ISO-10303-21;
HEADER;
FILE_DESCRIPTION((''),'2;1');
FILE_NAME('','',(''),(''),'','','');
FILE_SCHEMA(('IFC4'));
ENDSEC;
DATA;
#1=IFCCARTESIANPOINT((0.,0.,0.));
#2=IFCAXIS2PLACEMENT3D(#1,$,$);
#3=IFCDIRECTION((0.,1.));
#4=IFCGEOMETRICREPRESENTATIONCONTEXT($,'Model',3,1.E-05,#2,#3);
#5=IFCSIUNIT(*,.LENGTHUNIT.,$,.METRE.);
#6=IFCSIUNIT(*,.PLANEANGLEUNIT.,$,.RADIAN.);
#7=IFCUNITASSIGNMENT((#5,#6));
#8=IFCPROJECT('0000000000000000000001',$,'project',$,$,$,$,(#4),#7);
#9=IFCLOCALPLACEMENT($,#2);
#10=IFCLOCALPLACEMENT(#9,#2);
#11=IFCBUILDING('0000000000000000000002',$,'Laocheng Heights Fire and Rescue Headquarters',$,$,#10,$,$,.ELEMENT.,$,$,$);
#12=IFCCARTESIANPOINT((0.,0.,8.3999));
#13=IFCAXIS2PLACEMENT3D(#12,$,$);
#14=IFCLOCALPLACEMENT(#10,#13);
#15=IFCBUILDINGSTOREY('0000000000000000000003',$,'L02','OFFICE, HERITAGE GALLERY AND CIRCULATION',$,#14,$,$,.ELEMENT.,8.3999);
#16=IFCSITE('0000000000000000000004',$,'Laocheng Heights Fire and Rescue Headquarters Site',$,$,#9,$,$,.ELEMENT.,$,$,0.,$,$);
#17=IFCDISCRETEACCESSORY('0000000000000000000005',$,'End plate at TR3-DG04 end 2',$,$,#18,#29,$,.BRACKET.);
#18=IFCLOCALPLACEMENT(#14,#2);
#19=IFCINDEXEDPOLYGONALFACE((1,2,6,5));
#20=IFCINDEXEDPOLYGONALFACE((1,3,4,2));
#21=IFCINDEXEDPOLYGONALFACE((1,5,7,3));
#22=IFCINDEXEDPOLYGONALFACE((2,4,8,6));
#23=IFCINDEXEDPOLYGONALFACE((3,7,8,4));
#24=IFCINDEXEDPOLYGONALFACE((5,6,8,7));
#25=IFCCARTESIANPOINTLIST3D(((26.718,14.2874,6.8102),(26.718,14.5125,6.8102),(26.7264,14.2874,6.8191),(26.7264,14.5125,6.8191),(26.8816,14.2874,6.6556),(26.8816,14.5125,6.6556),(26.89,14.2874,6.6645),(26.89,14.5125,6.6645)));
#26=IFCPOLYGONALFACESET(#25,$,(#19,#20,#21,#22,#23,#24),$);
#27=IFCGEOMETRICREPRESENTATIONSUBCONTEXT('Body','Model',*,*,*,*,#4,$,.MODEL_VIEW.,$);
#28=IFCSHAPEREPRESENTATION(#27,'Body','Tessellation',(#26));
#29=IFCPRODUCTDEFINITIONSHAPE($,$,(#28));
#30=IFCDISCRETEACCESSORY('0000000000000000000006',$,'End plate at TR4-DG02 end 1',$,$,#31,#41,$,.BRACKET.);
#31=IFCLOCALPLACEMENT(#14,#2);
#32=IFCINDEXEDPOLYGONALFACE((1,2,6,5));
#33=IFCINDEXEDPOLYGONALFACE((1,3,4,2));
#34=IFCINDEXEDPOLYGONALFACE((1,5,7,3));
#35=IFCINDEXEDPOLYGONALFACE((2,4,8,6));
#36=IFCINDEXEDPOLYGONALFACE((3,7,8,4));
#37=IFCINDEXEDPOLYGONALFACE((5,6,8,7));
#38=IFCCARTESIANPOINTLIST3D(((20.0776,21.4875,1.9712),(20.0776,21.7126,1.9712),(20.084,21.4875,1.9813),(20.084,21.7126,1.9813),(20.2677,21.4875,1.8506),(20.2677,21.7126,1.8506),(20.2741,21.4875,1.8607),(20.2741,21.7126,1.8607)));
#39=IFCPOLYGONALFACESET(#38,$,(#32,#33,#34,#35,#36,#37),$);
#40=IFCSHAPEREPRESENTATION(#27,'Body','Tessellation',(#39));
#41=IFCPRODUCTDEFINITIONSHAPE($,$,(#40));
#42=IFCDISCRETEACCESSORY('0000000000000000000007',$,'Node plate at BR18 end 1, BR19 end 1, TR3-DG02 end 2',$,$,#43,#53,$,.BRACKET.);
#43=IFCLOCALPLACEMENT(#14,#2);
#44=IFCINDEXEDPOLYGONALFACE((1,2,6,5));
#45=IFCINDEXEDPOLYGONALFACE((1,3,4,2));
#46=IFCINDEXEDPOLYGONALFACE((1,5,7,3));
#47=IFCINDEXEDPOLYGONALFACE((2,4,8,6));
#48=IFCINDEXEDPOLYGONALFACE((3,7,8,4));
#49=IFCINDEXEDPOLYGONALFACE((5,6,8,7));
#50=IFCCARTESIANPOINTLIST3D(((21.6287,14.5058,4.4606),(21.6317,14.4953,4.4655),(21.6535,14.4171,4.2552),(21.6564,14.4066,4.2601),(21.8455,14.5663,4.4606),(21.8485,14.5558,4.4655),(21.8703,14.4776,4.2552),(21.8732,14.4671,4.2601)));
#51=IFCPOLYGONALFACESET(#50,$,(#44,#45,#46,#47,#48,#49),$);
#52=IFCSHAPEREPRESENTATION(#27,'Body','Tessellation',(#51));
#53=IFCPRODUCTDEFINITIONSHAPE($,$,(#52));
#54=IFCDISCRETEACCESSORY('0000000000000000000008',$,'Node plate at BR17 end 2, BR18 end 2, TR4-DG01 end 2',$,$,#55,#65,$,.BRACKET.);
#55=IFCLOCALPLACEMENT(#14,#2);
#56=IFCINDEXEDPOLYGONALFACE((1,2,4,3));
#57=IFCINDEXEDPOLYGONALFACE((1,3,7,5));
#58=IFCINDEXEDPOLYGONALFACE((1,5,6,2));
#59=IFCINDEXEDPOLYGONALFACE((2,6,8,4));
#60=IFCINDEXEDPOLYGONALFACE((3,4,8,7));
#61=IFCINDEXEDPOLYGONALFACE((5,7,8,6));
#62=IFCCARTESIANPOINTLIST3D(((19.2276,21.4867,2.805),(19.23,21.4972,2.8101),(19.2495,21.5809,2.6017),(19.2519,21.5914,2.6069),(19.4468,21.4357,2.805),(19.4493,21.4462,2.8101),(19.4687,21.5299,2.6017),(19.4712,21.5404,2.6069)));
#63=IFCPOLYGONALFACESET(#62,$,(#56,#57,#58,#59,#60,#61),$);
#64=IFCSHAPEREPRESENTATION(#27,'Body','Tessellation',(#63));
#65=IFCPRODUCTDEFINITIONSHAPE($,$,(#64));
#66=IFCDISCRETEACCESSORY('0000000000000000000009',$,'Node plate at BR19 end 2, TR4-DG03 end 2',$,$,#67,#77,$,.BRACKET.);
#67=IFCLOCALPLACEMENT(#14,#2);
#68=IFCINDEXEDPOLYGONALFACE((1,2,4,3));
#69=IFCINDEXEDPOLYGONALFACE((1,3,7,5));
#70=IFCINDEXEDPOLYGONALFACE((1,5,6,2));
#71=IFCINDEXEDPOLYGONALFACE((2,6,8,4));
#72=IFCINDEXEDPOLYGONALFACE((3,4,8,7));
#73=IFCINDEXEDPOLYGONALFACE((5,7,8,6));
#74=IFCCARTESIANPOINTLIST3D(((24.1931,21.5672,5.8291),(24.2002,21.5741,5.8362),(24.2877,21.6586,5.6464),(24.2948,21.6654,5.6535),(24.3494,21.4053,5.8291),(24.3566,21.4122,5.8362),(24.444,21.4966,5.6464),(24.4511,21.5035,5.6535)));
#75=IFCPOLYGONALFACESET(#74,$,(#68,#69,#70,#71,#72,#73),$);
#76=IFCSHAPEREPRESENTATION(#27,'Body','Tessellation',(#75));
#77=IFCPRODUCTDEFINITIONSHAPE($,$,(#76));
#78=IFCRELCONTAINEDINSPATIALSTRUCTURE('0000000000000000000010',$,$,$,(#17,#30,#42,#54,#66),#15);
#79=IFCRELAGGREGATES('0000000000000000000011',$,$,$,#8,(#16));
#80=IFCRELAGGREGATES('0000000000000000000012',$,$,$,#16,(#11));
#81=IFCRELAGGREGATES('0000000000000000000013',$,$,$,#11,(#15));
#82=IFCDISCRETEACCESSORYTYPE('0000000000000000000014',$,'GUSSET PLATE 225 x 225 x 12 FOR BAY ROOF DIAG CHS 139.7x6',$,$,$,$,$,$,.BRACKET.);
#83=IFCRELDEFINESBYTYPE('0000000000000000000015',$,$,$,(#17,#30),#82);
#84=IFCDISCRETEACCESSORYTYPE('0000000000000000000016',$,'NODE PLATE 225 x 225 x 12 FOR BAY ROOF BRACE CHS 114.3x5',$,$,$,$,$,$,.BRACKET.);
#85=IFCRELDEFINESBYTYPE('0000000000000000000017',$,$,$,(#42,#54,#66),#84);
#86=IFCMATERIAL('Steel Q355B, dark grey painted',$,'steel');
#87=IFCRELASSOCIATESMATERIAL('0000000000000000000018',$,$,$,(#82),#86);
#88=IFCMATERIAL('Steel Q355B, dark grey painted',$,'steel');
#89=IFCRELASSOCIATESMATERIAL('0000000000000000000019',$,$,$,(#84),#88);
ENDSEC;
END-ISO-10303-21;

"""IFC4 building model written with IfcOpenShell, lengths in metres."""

from ifc_helpers import new_model, si_unit, direction, frame, origin, origin_2d, place, context, subcontext, project, spatial, rectangle, extrude, material, material_profile, profile_set, type_object, element, save


model = new_model("IFC4")

# Units and contexts
model_context = context("Model", 3, precision=1e-05, world=origin(), true_north=direction((0.0, 1.0)))
body_context = subcontext(model_context, "Body", "Model", "MODEL_VIEW")
ifc_project = project(units=[si_unit("LENGTHUNIT", "METRE"), si_unit("PLANEANGLEUNIT", "RADIAN")], contexts=[model_context])

# Site, building, storey
site_placement = place(None, origin())
site = spatial("IfcSite", under=ifc_project, at=site_placement, Name="Laocheng Heights Fire and Rescue Headquarters Site", CompositionType="ELEMENT", RefElevation=0.0)
building_placement = place(site_placement, origin())
building = spatial("IfcBuilding", under=site, at=building_placement, Name="Laocheng Heights Fire and Rescue Headquarters", CompositionType="ELEMENT")
storey_placement = place(building_placement, frame((0.0, 0.0, 8.3999)))
storey = spatial("IfcBuildingStorey", under=building, at=storey_placement, Name="L02", Description="OFFICE, HERITAGE GALLERY AND CIRCULATION", CompositionType="ELEMENT", Elevation=8.3999)

# Discrete accessories
ifc_material_1 = material(Name="Steel Q355B, dark grey painted", Category="steel")
ifc_material_profile_1 = material_profile(ifc_material_1, rectangle(XDim=0.2251, YDim=0.2251, at=origin_2d()), Name="GUSSET PLATE 225 x 225 x 12 FOR BAY ROOF DIAG CHS 139.7x6")
ifc_profile_set_1 = profile_set([ifc_material_profile_1], Name="Steel Q355B, dark grey painted")
discrete_accessory_type_1 = type_object("IfcDiscreteAccessoryType", Name="GUSSET PLATE 225 x 225 x 12 FOR BAY ROOF DIAG CHS 139.7x6", PredefinedType="BRACKET", material=ifc_profile_set_1)
discrete_accessory_1_placement = place(storey_placement, frame((26.7998, 14.3999, 6.7329), z_axis=(0.686624, 0.0, 0.727013), x_axis=(0.0, 1.0, 0.0)))
element("IfcDiscreteAccessory", 1, at=discrete_accessory_1_placement, inside=storey, type_object=discrete_accessory_type_1, Name="End plate at TR3-DG04 end 2", PredefinedType="BRACKET", context=body_context, shape_type="SweptSolid", body=[
    extrude(rectangle(XDim=0.2251, YDim=0.2251, at=origin_2d()), origin(), (0.0, 0.0, 1.0), 0.0122),
])
discrete_accessory_2_placement = place(storey_placement, frame((20.1726, 21.6001, 1.9109), z_axis=(0.535542, 0.0, 0.844509), x_axis=(0.0, 1.0, 0.0)))
element("IfcDiscreteAccessory", 2, at=discrete_accessory_2_placement, inside=storey, type_object=discrete_accessory_type_1, Name="End plate at TR4-DG02 end 1", PredefinedType="BRACKET", context=body_context, shape_type="SweptSolid", body=[
    extrude(rectangle(XDim=0.2251, YDim=0.2251, at=origin_2d()), origin(), (0.0, 0.0, 1.0), 0.012),
])
ifc_material_2 = material(Name="Steel Q355B, dark grey painted", Category="steel")
ifc_material_profile_2 = material_profile(ifc_material_2, rectangle(XDim=0.2251, YDim=0.2251, at=origin_2d()), Name="NODE PLATE 225 x 225 x 12 FOR BAY ROOF BRACE CHS 114.3x5")
ifc_profile_set_2 = profile_set([ifc_material_profile_2], Name="Steel Q355B, dark grey painted")
discrete_accessory_type_2 = type_object("IfcDiscreteAccessoryType", Name="NODE PLATE 225 x 225 x 12 FOR BAY ROOF BRACE CHS 114.3x5", PredefinedType="BRACKET", material=ifc_profile_set_2)
for number, where, z_axis, x_axis, name in (
    (3, (21.7524, 14.4812, 4.3628), (-0.245307, 0.879017, -0.408845), (-0.963196, -0.268799, 0.0), "Node plate at BR18 end 1, BR19 end 1, TR3-DG02 end 2"),
    (4, (19.3506, 21.5188, 2.7085), (-0.204551, -0.879568, -0.429557), (0.974008, -0.226513, 0.0), "Node plate at BR17 end 2, BR18 end 2, TR4-DG01 end 2"),
):
    element("IfcDiscreteAccessory", number, at=place(storey_placement, frame(where, z_axis=z_axis, x_axis=x_axis)), inside=storey, type_object=discrete_accessory_type_2, Name=name, PredefinedType="BRACKET", context=body_context, shape_type="SweptSolid", body=[
        extrude(rectangle(XDim=0.2251, YDim=0.2251, at=origin_2d()), origin(), (0.0, 0.0, 1.0), 0.012),
    ])
discrete_accessory_3_placement = place(storey_placement, frame((24.3257, 21.5388, 5.7449), z_axis=(-0.583985, -0.563847, -0.583985), x_axis=(0.694595, -0.719401, 0.0)))
element("IfcDiscreteAccessory", 5, at=discrete_accessory_3_placement, inside=storey, type_object=discrete_accessory_type_2, Name="Node plate at BR19 end 2, TR4-DG03 end 2", PredefinedType="BRACKET", context=body_context, shape_type="SweptSolid", body=[
    extrude(rectangle(XDim=0.2251, YDim=0.2251, at=origin_2d()), origin(), (0.0, 0.0, 1.0), 0.0122),
])

save(model, "model.ifc")
